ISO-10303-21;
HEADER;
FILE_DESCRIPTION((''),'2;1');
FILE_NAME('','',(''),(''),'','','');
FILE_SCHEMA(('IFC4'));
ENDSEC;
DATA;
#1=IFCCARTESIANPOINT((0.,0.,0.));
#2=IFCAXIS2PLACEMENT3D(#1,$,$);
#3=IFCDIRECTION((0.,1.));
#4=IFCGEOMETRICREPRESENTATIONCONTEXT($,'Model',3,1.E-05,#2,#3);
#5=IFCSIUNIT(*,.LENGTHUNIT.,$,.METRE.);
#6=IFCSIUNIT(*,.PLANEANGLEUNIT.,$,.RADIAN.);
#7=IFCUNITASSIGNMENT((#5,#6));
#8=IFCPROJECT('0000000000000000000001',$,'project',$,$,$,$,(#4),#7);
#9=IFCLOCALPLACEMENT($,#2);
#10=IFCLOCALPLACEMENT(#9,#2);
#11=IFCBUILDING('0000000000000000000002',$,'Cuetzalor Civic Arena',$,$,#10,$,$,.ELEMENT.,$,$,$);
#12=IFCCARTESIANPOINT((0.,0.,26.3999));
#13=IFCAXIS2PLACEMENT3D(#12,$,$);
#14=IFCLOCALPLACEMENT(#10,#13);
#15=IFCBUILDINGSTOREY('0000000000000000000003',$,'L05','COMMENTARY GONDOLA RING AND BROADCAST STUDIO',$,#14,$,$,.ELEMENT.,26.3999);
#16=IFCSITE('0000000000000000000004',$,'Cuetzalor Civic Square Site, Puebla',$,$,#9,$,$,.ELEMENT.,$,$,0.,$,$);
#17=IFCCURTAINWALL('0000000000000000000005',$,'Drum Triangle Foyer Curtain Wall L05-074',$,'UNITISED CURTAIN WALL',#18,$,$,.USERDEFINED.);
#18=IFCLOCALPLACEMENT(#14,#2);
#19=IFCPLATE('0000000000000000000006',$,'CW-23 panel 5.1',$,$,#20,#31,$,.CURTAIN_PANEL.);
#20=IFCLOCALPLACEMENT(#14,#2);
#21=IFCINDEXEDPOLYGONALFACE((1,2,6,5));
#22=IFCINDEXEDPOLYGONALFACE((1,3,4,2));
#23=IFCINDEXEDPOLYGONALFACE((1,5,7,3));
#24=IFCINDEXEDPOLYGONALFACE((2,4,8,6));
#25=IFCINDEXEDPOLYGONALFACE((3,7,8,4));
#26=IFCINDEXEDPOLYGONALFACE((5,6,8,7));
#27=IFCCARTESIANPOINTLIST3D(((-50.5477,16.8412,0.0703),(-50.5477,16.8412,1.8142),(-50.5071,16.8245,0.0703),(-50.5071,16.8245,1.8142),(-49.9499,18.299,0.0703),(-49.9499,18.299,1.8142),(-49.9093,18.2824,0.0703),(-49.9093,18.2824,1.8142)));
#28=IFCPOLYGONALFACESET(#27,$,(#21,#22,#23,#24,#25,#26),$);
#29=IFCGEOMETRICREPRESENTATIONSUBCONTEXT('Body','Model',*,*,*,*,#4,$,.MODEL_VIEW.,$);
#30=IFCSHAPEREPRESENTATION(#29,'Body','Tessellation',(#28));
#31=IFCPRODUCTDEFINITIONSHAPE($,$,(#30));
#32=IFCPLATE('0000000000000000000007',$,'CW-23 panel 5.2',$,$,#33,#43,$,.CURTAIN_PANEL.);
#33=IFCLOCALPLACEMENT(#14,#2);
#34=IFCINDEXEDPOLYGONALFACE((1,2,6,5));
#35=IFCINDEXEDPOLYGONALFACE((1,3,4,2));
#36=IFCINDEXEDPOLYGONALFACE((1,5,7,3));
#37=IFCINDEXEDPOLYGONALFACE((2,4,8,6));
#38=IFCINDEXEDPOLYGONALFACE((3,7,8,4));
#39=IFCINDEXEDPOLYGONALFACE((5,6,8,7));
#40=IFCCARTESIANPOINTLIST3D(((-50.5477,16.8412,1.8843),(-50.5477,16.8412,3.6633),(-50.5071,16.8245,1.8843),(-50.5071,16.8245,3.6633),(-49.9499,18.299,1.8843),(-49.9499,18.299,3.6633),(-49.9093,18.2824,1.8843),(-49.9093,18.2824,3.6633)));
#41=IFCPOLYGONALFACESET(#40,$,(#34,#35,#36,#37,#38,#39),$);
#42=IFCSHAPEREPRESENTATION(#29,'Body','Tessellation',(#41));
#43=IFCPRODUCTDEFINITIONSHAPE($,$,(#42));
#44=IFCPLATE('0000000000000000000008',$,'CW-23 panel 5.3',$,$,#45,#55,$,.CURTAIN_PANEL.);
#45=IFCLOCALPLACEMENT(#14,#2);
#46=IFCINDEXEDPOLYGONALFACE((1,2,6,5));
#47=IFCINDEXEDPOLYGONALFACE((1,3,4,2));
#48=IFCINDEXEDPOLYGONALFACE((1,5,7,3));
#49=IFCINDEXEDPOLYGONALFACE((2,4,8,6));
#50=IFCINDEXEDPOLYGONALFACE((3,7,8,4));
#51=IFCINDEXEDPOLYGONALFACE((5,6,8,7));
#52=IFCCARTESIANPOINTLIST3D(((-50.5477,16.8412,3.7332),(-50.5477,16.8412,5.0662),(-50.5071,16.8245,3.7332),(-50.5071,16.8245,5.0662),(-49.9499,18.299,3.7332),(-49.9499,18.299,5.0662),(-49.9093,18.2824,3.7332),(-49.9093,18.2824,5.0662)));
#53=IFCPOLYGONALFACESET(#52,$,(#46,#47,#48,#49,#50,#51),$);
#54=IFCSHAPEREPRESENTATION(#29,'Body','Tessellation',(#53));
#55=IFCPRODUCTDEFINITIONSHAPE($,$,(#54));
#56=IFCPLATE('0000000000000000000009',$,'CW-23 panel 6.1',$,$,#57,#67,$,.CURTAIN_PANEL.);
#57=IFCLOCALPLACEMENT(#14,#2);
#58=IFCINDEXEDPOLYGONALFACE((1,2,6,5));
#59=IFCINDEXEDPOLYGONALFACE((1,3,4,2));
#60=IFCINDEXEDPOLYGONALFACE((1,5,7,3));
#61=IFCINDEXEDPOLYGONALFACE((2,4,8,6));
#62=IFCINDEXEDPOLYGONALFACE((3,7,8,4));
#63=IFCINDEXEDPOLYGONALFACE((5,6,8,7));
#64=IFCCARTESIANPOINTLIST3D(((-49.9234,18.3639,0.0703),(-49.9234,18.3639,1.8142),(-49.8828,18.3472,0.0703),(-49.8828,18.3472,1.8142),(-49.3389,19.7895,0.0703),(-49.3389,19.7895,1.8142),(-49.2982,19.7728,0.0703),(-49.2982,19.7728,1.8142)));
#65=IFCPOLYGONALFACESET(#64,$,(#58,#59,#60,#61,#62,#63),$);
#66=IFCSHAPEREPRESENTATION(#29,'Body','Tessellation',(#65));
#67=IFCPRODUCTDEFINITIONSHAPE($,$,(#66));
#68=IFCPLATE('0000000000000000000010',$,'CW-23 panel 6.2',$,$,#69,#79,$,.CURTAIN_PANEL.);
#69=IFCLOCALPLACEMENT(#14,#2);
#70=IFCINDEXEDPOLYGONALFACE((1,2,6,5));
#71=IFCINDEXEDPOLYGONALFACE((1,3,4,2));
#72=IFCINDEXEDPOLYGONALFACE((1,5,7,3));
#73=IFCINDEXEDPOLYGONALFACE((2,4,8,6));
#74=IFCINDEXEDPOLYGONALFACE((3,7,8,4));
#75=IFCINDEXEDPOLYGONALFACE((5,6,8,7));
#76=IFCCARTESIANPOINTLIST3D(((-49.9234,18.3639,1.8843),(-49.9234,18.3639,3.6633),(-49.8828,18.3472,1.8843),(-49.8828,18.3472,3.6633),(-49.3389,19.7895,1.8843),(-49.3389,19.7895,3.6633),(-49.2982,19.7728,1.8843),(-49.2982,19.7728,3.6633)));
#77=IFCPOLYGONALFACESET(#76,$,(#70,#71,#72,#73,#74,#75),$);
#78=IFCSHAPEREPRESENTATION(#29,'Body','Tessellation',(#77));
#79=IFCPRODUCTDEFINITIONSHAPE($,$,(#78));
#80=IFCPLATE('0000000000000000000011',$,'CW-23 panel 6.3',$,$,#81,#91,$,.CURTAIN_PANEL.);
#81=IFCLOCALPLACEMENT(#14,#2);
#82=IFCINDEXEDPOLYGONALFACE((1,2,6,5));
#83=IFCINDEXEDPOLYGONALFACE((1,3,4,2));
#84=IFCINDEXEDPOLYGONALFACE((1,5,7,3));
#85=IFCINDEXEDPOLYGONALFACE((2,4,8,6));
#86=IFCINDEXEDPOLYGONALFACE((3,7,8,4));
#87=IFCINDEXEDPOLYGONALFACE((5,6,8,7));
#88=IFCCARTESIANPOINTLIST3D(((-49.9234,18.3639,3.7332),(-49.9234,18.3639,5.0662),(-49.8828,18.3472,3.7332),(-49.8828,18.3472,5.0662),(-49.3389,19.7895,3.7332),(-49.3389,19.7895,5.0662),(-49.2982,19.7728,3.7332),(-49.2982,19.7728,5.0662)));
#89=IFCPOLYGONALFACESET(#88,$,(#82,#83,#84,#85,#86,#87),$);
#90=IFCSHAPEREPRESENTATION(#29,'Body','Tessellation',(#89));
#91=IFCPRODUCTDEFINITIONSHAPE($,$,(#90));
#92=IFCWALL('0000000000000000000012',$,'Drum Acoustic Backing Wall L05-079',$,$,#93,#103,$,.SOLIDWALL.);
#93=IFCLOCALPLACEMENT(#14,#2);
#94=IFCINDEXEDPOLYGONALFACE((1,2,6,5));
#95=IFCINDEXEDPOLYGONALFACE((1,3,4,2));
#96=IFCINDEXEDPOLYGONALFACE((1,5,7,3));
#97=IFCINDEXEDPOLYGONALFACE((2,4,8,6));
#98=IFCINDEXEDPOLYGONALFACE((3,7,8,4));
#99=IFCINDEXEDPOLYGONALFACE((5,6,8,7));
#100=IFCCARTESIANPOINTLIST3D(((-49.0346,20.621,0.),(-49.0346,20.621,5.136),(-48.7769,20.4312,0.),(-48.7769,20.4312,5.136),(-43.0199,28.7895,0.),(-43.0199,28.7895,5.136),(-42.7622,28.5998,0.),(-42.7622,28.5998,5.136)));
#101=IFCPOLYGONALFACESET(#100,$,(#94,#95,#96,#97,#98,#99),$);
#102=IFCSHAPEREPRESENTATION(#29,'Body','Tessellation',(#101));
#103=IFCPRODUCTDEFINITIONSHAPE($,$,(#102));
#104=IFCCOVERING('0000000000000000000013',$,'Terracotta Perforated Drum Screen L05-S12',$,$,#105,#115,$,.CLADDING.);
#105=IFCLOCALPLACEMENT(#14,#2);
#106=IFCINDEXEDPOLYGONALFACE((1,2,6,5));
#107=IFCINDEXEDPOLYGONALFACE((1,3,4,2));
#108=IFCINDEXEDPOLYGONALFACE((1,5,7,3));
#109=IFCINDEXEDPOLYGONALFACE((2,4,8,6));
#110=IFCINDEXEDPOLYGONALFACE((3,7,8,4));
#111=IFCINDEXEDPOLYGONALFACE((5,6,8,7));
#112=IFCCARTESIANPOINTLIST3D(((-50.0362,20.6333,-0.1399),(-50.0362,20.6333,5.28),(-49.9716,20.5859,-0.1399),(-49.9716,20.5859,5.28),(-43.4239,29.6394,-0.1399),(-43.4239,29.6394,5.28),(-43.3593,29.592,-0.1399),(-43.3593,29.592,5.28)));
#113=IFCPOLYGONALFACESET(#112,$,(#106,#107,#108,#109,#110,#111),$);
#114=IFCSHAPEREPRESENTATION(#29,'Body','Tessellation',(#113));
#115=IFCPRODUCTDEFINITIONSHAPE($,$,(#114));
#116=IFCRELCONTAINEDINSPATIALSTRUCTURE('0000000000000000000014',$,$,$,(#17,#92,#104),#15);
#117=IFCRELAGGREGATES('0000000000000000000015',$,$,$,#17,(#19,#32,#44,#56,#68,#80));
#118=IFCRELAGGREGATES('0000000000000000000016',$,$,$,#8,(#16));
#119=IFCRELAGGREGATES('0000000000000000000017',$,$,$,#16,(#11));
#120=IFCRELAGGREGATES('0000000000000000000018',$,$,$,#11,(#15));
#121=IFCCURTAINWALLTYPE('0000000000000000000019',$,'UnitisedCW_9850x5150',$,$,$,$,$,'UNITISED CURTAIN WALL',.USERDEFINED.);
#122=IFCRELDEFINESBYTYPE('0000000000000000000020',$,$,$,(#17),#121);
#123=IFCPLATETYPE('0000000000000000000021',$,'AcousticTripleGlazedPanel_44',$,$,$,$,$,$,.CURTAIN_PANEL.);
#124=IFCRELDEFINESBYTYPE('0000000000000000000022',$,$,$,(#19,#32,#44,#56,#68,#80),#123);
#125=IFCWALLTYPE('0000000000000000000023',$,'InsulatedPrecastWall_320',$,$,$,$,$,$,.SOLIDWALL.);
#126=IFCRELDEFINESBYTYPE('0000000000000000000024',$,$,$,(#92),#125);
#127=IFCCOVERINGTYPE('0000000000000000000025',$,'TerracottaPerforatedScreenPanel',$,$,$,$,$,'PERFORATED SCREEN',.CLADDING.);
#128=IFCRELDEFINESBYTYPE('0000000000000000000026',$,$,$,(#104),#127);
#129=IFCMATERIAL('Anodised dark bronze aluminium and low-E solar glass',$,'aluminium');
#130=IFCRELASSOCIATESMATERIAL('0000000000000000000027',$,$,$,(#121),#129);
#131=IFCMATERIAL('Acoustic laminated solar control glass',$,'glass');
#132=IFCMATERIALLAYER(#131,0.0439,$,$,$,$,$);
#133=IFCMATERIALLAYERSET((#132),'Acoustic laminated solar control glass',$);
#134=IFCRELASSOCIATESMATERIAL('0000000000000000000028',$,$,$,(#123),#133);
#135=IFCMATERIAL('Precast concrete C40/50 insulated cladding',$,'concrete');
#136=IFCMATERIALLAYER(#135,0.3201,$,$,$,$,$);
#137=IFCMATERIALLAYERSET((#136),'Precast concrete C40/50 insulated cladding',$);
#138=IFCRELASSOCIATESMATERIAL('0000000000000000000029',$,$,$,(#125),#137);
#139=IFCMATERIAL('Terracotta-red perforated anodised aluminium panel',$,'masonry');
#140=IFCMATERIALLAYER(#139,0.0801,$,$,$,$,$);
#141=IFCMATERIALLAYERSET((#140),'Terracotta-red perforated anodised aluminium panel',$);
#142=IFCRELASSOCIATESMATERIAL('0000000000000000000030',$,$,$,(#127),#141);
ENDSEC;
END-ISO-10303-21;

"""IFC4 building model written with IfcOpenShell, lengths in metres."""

from ifc_helpers import new_model, si_unit, direction, frame, frame_2d, origin, origin_2d, place, context, subcontext, project, spatial, rectangle, extrude, material, layer, layer_set, type_object, element, aggregate, save


model = new_model("IFC4")

# Units and contexts
model_context = context("Model", 3, precision=1e-05, world=origin(), true_north=direction((0.0, 1.0)))
body_context = subcontext(model_context, "Body", "Model", "MODEL_VIEW")
ifc_project = project(units=[si_unit("LENGTHUNIT", "METRE"), si_unit("PLANEANGLEUNIT", "RADIAN")], contexts=[model_context])

# Site, building, storey
site_placement = place(None, origin())
site = spatial("IfcSite", under=ifc_project, at=site_placement, Name="Cuetzalor Civic Square Site, Puebla", CompositionType="ELEMENT", RefElevation=0.0)
building_placement = place(site_placement, origin())
building = spatial("IfcBuilding", under=site, at=building_placement, Name="Cuetzalor Civic Arena", CompositionType="ELEMENT")
storey_placement = place(building_placement, frame((0.0, 0.0, 26.3999)))
storey = spatial("IfcBuildingStorey", under=building, at=storey_placement, Name="L05", Description="COMMENTARY GONDOLA RING AND BROADCAST STUDIO", CompositionType="ELEMENT", Elevation=26.3999)

# Curtain wall, plates
ifc_material_1 = material(Name="Anodised dark bronze aluminium and low-E solar glass", Category="aluminium")
curtain_wall_type = type_object("IfcCurtainWallType", Name="UnitisedCW_9850x5150", ElementType="UNITISED CURTAIN WALL", PredefinedType="USERDEFINED", material=ifc_material_1)
curtain_wall_placement = place(storey_placement, origin())
curtain_wall = element("IfcCurtainWall", 1, at=curtain_wall_placement, inside=storey, type_object=curtain_wall_type, Name="Drum Triangle Foyer Curtain Wall L05-074", ObjectType="UNITISED CURTAIN WALL", PredefinedType="USERDEFINED")
ifc_material_2 = material(Name="Acoustic laminated solar control glass", Category="glass")
ifc_layer_1 = layer(ifc_material_2, 0.0439)
ifc_layer_set_1 = layer_set([ifc_layer_1], Name="Acoustic laminated solar control glass")
plate_type = type_object("IfcPlateType", Name="AcousticTripleGlazedPanel_44", PredefinedType="CURTAIN_PANEL", material=ifc_layer_set_1)
plate_1_placement = place(storey_placement, frame((-50.2285, 17.5618, 0.0703), z_axis=(0.0, 0.0, 1.0), x_axis=(0.379391, 0.925236, 0.0)))
plate_1 = element("IfcPlate", 2, at=plate_1_placement, type_object=plate_type, Name="CW-23 panel 5.1", PredefinedType="CURTAIN_PANEL", context=body_context, shape_type="SweptSolid", body=[
    extrude(rectangle(XDim=1.5757, YDim=0.0439, at=origin_2d()), origin(), (0.0, 0.0, 1.0), 1.7439),
])
plate_2_placement = place(storey_placement, frame((-50.2285, 17.5618, 1.8843), z_axis=(0.0, 0.0, 1.0), x_axis=(0.379391, 0.925236, 0.0)))
plate_2 = element("IfcPlate", 3, at=plate_2_placement, type_object=plate_type, Name="CW-23 panel 5.2", PredefinedType="CURTAIN_PANEL", context=body_context, shape_type="SweptSolid", body=[
    extrude(rectangle(XDim=1.5757, YDim=0.0439, at=origin_2d()), origin(), (0.0, 0.0, 1.0), 1.7791),
])
plate_3_placement = place(storey_placement, frame((-50.2285, 17.5618, 3.7332), z_axis=(0.0, 0.0, 1.0), x_axis=(0.379391, 0.925236, 0.0)))
plate_3 = element("IfcPlate", 4, at=plate_3_placement, type_object=plate_type, Name="CW-23 panel 5.3", PredefinedType="CURTAIN_PANEL", context=body_context, shape_type="SweptSolid", body=[
    extrude(rectangle(XDim=1.5757, YDim=0.0439, at=origin_2d()), origin(), (0.0, 0.0, 1.0), 1.333),
])
plate_4_placement = place(storey_placement, frame((-49.6108, 19.0684, 0.0703), z_axis=(0.0, 0.0, 1.0), x_axis=(0.379391, 0.925236, 0.0)))
plate_4 = element("IfcPlate", 5, at=plate_4_placement, type_object=plate_type, Name="CW-23 panel 6.1", PredefinedType="CURTAIN_PANEL", context=body_context, shape_type="SweptSolid", body=[
    extrude(rectangle(XDim=1.5408, YDim=0.0439, at=origin_2d()), origin(), (0.0, 0.0, 1.0), 1.7439),
])
plate_5_placement = place(storey_placement, frame((-49.6108, 19.0684, 1.8843), z_axis=(0.0, 0.0, 1.0), x_axis=(0.379391, 0.925236, 0.0)))
plate_5 = element("IfcPlate", 6, at=plate_5_placement, type_object=plate_type, Name="CW-23 panel 6.2", PredefinedType="CURTAIN_PANEL", context=body_context, shape_type="SweptSolid", body=[
    extrude(rectangle(XDim=1.5408, YDim=0.0439, at=origin_2d()), origin(), (0.0, 0.0, 1.0), 1.7791),
])
plate_6_placement = place(storey_placement, frame((-49.6108, 19.0684, 3.7332), z_axis=(0.0, 0.0, 1.0), x_axis=(0.379391, 0.925236, 0.0)))
plate_6 = element("IfcPlate", 7, at=plate_6_placement, type_object=plate_type, Name="CW-23 panel 6.3", PredefinedType="CURTAIN_PANEL", context=body_context, shape_type="SweptSolid", body=[
    extrude(rectangle(XDim=1.5408, YDim=0.0439, at=origin_2d()), origin(), (0.0, 0.0, 1.0), 1.333),
])
aggregate(curtain_wall, [plate_1, plate_2, plate_3, plate_4, plate_5, plate_6])

# Wall
ifc_material_3 = material(Name="Precast concrete C40/50 insulated cladding", Category="concrete")
ifc_layer_2 = layer(ifc_material_3, 0.3201)
ifc_layer_set_2 = layer_set([ifc_layer_2], Name="Precast concrete C40/50 insulated cladding")
wall_type = type_object("IfcWallType", Name="InsulatedPrecastWall_320", PredefinedType="SOLIDWALL", material=ifc_layer_set_2)
wall_placement = place(storey_placement, frame((-48.9058, 20.5261, 0.0), z_axis=(0.0, 0.0, 1.0), x_axis=(0.59293, 0.805254, 0.0)))
element("IfcWall", 8, at=wall_placement, inside=storey, type_object=wall_type, Name="Drum Acoustic Backing Wall L05-079", PredefinedType="SOLIDWALL", context=body_context, shape_type="SweptSolid", body=[
    extrude(rectangle(XDim=10.144, YDim=0.3201, at=frame_2d((5.072, 0.0))), origin(), (0.0, 0.0, 1.0), 5.136),
])

# Covering
ifc_material_4 = material(Name="Terracotta-red perforated anodised aluminium panel", Category="masonry")
ifc_layer_3 = layer(ifc_material_4, 0.0801)
ifc_layer_set_3 = layer_set([ifc_layer_3], Name="Terracotta-red perforated anodised aluminium panel")
covering_type = type_object("IfcCoveringType", Name="TerracottaPerforatedScreenPanel", ElementType="PERFORATED SCREEN", PredefinedType="CLADDING", material=ifc_layer_set_3)
covering_placement = place(storey_placement, frame((-50.0039, 20.6096, -0.1399), z_axis=(0.0, 0.0, 1.0), x_axis=(0.591819, 0.806071, 0.0)))
element("IfcCovering", 9, at=covering_placement, inside=storey, type_object=covering_type, Name="Terracotta Perforated Drum Screen L05-S12", PredefinedType="CLADDING", context=body_context, shape_type="SweptSolid", body=[
    extrude(rectangle(XDim=11.1729, YDim=0.0801, at=frame_2d((5.5864, 0.0))), origin(), (0.0, 0.0, 1.0), 5.4199),
])

save(model, "model.ifc")
